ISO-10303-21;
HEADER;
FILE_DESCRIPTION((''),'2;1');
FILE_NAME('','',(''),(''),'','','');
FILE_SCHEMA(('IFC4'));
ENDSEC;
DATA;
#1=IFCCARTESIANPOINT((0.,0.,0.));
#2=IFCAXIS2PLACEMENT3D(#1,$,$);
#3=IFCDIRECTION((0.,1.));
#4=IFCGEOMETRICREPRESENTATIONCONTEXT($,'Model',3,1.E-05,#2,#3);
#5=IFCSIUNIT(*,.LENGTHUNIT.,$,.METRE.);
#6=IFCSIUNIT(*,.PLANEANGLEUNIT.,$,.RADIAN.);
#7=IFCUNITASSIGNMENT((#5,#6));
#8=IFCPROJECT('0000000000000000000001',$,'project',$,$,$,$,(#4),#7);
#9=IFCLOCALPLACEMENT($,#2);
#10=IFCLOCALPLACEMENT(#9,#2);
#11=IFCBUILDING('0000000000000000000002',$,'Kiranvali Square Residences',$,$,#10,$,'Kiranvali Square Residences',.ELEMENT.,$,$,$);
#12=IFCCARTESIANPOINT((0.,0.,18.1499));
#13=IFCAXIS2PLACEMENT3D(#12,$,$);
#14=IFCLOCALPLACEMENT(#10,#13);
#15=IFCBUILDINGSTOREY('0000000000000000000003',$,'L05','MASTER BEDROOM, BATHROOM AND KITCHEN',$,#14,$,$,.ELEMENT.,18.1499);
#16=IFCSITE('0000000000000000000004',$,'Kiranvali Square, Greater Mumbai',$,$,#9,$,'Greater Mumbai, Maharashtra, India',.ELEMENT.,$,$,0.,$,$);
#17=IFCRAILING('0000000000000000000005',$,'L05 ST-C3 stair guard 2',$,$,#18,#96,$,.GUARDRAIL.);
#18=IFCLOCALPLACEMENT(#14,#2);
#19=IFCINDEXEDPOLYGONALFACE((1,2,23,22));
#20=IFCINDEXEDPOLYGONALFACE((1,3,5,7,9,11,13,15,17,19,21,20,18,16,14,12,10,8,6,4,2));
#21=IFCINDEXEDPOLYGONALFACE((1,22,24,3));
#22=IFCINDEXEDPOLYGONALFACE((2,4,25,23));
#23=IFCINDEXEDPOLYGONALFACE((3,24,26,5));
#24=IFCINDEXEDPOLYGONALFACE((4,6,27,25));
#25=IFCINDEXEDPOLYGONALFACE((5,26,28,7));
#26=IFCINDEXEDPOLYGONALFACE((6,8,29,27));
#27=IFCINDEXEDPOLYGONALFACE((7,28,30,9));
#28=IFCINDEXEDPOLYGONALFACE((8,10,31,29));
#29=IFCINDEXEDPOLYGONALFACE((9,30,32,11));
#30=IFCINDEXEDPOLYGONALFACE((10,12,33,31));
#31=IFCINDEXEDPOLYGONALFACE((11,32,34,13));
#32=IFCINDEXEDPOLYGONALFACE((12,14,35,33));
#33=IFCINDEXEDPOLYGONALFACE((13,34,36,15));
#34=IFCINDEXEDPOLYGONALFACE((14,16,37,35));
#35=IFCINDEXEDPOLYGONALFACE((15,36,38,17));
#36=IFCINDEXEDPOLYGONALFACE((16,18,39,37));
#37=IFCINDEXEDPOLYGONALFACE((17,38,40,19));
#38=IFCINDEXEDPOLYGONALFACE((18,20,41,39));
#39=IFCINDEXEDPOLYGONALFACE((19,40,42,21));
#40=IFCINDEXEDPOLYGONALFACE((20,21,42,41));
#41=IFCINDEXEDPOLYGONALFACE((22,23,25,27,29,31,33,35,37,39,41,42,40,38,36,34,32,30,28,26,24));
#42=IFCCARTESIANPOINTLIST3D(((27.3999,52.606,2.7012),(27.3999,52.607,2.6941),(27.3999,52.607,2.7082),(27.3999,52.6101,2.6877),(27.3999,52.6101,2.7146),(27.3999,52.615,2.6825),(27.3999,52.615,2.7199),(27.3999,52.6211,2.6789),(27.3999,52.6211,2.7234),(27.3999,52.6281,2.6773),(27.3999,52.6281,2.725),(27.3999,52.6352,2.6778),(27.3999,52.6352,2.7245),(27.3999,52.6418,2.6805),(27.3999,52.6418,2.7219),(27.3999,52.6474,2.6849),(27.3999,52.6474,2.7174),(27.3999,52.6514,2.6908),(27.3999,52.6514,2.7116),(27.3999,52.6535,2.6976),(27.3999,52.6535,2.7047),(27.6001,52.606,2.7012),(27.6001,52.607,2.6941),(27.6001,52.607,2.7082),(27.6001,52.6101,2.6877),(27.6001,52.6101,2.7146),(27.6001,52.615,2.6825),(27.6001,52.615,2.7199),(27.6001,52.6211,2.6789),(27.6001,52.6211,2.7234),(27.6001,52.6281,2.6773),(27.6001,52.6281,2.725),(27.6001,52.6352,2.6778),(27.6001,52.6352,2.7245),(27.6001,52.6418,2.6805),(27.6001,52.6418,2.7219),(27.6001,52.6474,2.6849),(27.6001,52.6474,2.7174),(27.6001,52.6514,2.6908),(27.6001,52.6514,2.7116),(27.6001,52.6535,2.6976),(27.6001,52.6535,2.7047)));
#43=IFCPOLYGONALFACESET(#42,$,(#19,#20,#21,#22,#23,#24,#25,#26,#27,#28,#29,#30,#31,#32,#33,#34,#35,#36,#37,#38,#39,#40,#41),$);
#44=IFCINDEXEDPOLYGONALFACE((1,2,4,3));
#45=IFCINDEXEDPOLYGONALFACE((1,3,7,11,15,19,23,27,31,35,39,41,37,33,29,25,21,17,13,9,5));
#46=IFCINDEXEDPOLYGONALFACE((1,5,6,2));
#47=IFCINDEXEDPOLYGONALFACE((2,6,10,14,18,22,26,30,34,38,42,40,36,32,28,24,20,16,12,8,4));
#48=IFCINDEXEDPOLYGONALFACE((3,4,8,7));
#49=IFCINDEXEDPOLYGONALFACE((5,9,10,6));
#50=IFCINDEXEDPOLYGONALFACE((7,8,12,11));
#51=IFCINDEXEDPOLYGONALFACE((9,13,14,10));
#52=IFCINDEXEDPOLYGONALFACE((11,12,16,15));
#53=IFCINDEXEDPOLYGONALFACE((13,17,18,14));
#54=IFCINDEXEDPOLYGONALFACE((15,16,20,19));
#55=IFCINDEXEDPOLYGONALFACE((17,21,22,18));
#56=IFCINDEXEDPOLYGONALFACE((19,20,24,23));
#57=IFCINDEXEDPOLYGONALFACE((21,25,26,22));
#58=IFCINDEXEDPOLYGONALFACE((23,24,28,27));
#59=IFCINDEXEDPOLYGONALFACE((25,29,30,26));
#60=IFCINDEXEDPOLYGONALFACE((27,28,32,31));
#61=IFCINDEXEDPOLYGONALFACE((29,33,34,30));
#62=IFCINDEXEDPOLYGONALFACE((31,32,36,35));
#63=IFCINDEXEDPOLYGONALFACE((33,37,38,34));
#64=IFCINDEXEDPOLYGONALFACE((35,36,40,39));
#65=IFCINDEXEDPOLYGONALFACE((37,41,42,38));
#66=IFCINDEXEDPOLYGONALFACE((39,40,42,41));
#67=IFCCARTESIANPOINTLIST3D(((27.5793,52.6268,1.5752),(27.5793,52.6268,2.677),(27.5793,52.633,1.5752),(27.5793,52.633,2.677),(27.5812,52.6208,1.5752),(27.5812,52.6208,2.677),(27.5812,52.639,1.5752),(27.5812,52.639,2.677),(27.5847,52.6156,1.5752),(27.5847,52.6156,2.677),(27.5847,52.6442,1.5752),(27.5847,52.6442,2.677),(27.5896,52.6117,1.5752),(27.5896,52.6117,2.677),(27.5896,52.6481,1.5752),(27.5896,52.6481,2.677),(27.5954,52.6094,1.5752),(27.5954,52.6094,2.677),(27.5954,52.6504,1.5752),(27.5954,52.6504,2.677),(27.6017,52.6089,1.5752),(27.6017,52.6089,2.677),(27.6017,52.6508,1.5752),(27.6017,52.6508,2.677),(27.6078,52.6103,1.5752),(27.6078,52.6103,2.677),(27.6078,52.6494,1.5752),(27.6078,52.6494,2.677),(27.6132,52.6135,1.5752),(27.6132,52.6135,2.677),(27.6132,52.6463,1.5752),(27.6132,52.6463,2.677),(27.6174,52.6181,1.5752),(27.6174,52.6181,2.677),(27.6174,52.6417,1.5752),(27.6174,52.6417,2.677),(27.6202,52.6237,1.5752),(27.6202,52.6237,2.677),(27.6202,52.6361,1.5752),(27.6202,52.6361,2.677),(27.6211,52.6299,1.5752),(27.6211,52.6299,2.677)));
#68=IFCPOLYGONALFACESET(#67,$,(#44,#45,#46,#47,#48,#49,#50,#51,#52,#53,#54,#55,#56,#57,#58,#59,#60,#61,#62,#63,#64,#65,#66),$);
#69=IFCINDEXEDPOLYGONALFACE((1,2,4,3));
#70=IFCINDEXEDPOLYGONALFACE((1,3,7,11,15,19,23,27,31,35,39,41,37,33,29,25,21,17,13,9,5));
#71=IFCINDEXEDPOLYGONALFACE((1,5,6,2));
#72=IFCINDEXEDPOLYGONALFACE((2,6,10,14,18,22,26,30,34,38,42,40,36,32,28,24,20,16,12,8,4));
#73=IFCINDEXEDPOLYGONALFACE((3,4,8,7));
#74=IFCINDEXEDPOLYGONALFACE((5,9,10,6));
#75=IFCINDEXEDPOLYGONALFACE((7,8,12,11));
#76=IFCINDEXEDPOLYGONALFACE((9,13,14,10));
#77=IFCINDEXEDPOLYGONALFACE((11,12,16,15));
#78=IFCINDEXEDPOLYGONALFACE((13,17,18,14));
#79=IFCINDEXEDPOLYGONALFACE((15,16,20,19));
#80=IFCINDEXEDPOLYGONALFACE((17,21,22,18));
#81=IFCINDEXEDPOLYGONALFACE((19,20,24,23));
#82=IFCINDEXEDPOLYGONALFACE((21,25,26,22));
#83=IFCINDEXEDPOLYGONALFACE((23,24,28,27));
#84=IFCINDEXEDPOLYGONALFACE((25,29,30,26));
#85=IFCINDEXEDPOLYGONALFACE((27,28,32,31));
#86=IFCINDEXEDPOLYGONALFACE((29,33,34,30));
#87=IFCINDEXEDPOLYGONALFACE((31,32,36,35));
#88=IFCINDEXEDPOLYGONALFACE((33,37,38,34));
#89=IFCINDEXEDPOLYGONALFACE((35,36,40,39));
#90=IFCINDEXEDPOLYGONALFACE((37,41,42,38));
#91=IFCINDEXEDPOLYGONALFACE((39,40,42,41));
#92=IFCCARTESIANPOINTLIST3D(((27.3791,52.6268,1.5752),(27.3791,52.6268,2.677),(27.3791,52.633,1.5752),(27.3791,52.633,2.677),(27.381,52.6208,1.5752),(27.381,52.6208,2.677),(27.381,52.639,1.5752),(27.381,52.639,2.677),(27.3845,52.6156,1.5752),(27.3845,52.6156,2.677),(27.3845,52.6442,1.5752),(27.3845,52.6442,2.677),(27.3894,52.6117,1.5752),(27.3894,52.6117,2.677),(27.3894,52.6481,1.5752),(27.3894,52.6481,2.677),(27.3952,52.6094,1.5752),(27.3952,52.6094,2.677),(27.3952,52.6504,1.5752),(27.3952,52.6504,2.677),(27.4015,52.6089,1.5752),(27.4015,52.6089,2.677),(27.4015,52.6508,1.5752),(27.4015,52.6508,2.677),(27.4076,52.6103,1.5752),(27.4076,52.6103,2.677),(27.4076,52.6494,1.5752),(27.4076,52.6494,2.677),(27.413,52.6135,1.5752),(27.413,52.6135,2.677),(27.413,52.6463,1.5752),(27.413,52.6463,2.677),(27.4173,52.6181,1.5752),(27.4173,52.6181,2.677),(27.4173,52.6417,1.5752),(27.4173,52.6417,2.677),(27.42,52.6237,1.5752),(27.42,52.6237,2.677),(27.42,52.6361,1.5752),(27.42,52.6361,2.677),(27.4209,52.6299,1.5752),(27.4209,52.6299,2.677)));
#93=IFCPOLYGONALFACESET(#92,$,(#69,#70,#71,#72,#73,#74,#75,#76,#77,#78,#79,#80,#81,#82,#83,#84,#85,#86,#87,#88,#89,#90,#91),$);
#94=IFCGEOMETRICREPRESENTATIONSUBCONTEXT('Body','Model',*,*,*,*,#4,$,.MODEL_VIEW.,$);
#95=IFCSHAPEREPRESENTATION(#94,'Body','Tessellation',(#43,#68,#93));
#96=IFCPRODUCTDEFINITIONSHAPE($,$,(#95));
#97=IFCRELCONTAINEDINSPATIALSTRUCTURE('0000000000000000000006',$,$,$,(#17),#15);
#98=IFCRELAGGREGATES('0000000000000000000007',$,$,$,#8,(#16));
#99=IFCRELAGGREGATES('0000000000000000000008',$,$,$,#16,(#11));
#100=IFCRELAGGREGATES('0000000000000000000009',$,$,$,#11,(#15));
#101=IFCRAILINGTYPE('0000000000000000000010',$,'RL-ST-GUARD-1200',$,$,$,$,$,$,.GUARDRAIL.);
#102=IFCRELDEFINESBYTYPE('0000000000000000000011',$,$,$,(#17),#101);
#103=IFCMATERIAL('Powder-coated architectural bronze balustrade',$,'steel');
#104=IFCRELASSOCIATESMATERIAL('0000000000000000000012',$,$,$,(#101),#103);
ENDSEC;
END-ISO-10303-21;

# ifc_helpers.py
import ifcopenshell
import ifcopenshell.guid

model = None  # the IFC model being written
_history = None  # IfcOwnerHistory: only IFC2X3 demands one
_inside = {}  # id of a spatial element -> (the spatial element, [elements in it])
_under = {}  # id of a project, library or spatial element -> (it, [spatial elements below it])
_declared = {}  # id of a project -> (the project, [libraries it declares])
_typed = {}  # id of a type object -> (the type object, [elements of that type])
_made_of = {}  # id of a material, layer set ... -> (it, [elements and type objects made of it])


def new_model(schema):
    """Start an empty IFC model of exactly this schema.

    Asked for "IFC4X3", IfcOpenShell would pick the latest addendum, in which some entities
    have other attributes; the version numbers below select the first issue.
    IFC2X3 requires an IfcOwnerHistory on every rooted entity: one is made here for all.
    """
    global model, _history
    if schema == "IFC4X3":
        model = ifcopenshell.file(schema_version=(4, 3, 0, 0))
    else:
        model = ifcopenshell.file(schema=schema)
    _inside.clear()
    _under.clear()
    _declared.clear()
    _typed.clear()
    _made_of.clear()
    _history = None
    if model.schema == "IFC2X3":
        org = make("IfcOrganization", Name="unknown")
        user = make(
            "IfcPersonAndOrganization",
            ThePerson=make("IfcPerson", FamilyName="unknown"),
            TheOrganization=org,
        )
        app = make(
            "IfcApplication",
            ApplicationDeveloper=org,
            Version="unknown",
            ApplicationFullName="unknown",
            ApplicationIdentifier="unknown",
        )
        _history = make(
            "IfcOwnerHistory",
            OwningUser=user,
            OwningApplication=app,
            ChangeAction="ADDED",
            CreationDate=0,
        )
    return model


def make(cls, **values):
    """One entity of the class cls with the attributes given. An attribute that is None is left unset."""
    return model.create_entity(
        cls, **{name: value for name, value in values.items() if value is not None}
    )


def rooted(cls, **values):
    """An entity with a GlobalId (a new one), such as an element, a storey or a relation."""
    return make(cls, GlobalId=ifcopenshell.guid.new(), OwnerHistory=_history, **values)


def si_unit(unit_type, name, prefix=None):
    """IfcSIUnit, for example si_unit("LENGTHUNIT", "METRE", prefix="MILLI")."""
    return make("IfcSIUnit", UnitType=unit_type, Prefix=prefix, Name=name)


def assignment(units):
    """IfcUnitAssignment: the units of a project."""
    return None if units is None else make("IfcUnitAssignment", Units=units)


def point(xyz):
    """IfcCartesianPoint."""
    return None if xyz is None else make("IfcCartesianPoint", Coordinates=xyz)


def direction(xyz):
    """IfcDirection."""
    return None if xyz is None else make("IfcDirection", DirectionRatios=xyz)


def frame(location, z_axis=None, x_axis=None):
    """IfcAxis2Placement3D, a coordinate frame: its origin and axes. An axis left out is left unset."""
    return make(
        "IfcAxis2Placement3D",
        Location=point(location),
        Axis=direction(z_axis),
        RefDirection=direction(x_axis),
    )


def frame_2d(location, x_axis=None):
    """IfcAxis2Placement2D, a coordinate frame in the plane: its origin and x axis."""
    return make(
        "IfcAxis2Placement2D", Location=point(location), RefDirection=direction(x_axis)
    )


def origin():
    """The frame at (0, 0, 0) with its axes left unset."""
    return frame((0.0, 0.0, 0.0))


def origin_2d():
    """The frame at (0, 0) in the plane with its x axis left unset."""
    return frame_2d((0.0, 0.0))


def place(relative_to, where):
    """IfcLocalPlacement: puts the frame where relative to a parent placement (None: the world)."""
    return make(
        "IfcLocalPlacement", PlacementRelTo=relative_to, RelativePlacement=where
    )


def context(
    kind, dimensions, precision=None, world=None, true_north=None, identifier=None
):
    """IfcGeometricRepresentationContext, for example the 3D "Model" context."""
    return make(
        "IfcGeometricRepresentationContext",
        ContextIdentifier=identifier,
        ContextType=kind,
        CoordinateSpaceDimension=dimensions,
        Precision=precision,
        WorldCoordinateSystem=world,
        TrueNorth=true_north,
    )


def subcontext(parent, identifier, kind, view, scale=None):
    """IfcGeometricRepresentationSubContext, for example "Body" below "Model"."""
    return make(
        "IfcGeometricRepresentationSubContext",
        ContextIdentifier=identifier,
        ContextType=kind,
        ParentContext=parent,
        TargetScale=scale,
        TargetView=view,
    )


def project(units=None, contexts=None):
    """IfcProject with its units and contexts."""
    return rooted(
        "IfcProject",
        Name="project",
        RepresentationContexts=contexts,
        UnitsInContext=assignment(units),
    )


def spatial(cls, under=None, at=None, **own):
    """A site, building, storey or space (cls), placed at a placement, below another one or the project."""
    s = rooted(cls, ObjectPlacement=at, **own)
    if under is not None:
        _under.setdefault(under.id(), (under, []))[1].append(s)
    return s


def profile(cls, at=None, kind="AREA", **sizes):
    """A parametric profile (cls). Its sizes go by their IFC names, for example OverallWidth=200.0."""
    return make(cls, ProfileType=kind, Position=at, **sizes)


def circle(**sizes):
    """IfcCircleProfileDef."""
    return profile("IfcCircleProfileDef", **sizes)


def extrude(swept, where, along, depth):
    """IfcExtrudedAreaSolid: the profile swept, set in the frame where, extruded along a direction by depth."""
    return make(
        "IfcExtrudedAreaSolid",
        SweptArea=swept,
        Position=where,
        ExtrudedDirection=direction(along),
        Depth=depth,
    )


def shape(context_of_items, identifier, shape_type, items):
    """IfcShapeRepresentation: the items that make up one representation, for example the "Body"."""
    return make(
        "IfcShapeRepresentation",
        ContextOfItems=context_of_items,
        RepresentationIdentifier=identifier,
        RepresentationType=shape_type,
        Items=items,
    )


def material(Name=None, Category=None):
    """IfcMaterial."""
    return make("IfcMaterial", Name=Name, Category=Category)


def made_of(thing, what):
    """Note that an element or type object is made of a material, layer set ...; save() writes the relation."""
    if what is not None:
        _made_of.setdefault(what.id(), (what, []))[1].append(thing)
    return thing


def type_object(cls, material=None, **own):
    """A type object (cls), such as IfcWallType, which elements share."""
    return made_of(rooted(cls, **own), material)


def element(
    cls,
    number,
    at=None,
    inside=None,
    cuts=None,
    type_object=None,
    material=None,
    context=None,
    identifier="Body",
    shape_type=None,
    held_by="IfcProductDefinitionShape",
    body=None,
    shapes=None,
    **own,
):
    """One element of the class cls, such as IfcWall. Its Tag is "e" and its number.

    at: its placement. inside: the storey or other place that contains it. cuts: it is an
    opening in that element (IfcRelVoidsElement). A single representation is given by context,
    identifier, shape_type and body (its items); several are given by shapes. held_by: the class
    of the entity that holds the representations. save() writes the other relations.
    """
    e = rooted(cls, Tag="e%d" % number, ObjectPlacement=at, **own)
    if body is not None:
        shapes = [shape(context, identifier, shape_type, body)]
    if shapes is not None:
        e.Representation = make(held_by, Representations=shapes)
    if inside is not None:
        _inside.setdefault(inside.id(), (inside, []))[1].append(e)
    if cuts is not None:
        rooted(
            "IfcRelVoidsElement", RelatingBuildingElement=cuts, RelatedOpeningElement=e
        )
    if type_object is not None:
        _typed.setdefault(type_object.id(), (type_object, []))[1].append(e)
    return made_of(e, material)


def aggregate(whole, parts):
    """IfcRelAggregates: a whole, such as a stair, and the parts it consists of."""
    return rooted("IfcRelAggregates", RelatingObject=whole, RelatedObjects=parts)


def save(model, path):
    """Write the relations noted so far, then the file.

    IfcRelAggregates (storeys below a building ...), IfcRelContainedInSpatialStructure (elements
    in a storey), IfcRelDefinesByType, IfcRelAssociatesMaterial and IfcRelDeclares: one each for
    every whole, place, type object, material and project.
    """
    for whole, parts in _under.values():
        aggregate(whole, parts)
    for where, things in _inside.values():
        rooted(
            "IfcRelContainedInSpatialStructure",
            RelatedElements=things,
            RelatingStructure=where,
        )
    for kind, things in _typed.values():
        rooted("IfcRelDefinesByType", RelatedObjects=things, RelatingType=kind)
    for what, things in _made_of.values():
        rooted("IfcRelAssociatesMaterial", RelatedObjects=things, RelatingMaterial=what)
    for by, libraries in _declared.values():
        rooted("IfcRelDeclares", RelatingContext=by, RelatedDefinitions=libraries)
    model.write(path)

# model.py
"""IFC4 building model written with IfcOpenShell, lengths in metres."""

from ifc_helpers import new_model, si_unit, direction, frame, origin, origin_2d, place, context, subcontext, project, spatial, circle, extrude, material, type_object, element, save


model = new_model("IFC4")

# Units and contexts
model_context = context("Model", 3, precision=1e-05, world=origin(), true_north=direction((0.0, 1.0)))
body_context = subcontext(model_context, "Body", "Model", "MODEL_VIEW")
ifc_project = project(units=[si_unit("LENGTHUNIT", "METRE"), si_unit("PLANEANGLEUNIT", "RADIAN")], contexts=[model_context])

# Site, building, storey
site_placement = place(None, origin())
site = spatial("IfcSite", under=ifc_project, at=site_placement, Name="Kiranvali Square, Greater Mumbai", LongName="Greater Mumbai, Maharashtra, India", CompositionType="ELEMENT", RefElevation=0.0)
building_placement = place(site_placement, origin())
building = spatial("IfcBuilding", under=site, at=building_placement, Name="Kiranvali Square Residences", LongName="Kiranvali Square Residences", CompositionType="ELEMENT")
storey_placement = place(building_placement, frame((0.0, 0.0, 18.1499)))
storey = spatial("IfcBuildingStorey", under=building, at=storey_placement, Name="L05", Description="MASTER BEDROOM, BATHROOM AND KITCHEN", CompositionType="ELEMENT", Elevation=18.1499)

# Railing
ifc_material_1 = material(Name="Powder-coated architectural bronze balustrade", Category="steel")
railing_type_1 = type_object("IfcRailingType", Name="RL-ST-GUARD-1200", PredefinedType="GUARDRAIL", material=ifc_material_1)
railing_1_placement = place(storey_placement, frame((27.6001, 52.6299, 1.5752)))
element("IfcRailing", 1, at=railing_1_placement, inside=storey, type_object=railing_type_1, Name="L05 ST-C3 stair guard 2", PredefinedType="GUARDRAIL", context=body_context, shape_type="SweptSolid", body=[
    extrude(circle(Radius=0.0239, at=origin_2d()), frame((0.0, 0.0, 1.126), z_axis=(-1.0, 0.0, 0.0), x_axis=(0.0, -1.0, 0.0)), (0.0, 0.0, 1.0), 0.2002),
    extrude(circle(Radius=0.021, at=origin_2d()), origin(), (0.0, 0.0, 1.0), 1.1018),
    extrude(circle(Radius=0.021, at=origin_2d()), frame((-0.2002, 0.0, 0.0)), (0.0, 0.0, 1.0), 1.1018),
])

save(model, "model.ifc")
